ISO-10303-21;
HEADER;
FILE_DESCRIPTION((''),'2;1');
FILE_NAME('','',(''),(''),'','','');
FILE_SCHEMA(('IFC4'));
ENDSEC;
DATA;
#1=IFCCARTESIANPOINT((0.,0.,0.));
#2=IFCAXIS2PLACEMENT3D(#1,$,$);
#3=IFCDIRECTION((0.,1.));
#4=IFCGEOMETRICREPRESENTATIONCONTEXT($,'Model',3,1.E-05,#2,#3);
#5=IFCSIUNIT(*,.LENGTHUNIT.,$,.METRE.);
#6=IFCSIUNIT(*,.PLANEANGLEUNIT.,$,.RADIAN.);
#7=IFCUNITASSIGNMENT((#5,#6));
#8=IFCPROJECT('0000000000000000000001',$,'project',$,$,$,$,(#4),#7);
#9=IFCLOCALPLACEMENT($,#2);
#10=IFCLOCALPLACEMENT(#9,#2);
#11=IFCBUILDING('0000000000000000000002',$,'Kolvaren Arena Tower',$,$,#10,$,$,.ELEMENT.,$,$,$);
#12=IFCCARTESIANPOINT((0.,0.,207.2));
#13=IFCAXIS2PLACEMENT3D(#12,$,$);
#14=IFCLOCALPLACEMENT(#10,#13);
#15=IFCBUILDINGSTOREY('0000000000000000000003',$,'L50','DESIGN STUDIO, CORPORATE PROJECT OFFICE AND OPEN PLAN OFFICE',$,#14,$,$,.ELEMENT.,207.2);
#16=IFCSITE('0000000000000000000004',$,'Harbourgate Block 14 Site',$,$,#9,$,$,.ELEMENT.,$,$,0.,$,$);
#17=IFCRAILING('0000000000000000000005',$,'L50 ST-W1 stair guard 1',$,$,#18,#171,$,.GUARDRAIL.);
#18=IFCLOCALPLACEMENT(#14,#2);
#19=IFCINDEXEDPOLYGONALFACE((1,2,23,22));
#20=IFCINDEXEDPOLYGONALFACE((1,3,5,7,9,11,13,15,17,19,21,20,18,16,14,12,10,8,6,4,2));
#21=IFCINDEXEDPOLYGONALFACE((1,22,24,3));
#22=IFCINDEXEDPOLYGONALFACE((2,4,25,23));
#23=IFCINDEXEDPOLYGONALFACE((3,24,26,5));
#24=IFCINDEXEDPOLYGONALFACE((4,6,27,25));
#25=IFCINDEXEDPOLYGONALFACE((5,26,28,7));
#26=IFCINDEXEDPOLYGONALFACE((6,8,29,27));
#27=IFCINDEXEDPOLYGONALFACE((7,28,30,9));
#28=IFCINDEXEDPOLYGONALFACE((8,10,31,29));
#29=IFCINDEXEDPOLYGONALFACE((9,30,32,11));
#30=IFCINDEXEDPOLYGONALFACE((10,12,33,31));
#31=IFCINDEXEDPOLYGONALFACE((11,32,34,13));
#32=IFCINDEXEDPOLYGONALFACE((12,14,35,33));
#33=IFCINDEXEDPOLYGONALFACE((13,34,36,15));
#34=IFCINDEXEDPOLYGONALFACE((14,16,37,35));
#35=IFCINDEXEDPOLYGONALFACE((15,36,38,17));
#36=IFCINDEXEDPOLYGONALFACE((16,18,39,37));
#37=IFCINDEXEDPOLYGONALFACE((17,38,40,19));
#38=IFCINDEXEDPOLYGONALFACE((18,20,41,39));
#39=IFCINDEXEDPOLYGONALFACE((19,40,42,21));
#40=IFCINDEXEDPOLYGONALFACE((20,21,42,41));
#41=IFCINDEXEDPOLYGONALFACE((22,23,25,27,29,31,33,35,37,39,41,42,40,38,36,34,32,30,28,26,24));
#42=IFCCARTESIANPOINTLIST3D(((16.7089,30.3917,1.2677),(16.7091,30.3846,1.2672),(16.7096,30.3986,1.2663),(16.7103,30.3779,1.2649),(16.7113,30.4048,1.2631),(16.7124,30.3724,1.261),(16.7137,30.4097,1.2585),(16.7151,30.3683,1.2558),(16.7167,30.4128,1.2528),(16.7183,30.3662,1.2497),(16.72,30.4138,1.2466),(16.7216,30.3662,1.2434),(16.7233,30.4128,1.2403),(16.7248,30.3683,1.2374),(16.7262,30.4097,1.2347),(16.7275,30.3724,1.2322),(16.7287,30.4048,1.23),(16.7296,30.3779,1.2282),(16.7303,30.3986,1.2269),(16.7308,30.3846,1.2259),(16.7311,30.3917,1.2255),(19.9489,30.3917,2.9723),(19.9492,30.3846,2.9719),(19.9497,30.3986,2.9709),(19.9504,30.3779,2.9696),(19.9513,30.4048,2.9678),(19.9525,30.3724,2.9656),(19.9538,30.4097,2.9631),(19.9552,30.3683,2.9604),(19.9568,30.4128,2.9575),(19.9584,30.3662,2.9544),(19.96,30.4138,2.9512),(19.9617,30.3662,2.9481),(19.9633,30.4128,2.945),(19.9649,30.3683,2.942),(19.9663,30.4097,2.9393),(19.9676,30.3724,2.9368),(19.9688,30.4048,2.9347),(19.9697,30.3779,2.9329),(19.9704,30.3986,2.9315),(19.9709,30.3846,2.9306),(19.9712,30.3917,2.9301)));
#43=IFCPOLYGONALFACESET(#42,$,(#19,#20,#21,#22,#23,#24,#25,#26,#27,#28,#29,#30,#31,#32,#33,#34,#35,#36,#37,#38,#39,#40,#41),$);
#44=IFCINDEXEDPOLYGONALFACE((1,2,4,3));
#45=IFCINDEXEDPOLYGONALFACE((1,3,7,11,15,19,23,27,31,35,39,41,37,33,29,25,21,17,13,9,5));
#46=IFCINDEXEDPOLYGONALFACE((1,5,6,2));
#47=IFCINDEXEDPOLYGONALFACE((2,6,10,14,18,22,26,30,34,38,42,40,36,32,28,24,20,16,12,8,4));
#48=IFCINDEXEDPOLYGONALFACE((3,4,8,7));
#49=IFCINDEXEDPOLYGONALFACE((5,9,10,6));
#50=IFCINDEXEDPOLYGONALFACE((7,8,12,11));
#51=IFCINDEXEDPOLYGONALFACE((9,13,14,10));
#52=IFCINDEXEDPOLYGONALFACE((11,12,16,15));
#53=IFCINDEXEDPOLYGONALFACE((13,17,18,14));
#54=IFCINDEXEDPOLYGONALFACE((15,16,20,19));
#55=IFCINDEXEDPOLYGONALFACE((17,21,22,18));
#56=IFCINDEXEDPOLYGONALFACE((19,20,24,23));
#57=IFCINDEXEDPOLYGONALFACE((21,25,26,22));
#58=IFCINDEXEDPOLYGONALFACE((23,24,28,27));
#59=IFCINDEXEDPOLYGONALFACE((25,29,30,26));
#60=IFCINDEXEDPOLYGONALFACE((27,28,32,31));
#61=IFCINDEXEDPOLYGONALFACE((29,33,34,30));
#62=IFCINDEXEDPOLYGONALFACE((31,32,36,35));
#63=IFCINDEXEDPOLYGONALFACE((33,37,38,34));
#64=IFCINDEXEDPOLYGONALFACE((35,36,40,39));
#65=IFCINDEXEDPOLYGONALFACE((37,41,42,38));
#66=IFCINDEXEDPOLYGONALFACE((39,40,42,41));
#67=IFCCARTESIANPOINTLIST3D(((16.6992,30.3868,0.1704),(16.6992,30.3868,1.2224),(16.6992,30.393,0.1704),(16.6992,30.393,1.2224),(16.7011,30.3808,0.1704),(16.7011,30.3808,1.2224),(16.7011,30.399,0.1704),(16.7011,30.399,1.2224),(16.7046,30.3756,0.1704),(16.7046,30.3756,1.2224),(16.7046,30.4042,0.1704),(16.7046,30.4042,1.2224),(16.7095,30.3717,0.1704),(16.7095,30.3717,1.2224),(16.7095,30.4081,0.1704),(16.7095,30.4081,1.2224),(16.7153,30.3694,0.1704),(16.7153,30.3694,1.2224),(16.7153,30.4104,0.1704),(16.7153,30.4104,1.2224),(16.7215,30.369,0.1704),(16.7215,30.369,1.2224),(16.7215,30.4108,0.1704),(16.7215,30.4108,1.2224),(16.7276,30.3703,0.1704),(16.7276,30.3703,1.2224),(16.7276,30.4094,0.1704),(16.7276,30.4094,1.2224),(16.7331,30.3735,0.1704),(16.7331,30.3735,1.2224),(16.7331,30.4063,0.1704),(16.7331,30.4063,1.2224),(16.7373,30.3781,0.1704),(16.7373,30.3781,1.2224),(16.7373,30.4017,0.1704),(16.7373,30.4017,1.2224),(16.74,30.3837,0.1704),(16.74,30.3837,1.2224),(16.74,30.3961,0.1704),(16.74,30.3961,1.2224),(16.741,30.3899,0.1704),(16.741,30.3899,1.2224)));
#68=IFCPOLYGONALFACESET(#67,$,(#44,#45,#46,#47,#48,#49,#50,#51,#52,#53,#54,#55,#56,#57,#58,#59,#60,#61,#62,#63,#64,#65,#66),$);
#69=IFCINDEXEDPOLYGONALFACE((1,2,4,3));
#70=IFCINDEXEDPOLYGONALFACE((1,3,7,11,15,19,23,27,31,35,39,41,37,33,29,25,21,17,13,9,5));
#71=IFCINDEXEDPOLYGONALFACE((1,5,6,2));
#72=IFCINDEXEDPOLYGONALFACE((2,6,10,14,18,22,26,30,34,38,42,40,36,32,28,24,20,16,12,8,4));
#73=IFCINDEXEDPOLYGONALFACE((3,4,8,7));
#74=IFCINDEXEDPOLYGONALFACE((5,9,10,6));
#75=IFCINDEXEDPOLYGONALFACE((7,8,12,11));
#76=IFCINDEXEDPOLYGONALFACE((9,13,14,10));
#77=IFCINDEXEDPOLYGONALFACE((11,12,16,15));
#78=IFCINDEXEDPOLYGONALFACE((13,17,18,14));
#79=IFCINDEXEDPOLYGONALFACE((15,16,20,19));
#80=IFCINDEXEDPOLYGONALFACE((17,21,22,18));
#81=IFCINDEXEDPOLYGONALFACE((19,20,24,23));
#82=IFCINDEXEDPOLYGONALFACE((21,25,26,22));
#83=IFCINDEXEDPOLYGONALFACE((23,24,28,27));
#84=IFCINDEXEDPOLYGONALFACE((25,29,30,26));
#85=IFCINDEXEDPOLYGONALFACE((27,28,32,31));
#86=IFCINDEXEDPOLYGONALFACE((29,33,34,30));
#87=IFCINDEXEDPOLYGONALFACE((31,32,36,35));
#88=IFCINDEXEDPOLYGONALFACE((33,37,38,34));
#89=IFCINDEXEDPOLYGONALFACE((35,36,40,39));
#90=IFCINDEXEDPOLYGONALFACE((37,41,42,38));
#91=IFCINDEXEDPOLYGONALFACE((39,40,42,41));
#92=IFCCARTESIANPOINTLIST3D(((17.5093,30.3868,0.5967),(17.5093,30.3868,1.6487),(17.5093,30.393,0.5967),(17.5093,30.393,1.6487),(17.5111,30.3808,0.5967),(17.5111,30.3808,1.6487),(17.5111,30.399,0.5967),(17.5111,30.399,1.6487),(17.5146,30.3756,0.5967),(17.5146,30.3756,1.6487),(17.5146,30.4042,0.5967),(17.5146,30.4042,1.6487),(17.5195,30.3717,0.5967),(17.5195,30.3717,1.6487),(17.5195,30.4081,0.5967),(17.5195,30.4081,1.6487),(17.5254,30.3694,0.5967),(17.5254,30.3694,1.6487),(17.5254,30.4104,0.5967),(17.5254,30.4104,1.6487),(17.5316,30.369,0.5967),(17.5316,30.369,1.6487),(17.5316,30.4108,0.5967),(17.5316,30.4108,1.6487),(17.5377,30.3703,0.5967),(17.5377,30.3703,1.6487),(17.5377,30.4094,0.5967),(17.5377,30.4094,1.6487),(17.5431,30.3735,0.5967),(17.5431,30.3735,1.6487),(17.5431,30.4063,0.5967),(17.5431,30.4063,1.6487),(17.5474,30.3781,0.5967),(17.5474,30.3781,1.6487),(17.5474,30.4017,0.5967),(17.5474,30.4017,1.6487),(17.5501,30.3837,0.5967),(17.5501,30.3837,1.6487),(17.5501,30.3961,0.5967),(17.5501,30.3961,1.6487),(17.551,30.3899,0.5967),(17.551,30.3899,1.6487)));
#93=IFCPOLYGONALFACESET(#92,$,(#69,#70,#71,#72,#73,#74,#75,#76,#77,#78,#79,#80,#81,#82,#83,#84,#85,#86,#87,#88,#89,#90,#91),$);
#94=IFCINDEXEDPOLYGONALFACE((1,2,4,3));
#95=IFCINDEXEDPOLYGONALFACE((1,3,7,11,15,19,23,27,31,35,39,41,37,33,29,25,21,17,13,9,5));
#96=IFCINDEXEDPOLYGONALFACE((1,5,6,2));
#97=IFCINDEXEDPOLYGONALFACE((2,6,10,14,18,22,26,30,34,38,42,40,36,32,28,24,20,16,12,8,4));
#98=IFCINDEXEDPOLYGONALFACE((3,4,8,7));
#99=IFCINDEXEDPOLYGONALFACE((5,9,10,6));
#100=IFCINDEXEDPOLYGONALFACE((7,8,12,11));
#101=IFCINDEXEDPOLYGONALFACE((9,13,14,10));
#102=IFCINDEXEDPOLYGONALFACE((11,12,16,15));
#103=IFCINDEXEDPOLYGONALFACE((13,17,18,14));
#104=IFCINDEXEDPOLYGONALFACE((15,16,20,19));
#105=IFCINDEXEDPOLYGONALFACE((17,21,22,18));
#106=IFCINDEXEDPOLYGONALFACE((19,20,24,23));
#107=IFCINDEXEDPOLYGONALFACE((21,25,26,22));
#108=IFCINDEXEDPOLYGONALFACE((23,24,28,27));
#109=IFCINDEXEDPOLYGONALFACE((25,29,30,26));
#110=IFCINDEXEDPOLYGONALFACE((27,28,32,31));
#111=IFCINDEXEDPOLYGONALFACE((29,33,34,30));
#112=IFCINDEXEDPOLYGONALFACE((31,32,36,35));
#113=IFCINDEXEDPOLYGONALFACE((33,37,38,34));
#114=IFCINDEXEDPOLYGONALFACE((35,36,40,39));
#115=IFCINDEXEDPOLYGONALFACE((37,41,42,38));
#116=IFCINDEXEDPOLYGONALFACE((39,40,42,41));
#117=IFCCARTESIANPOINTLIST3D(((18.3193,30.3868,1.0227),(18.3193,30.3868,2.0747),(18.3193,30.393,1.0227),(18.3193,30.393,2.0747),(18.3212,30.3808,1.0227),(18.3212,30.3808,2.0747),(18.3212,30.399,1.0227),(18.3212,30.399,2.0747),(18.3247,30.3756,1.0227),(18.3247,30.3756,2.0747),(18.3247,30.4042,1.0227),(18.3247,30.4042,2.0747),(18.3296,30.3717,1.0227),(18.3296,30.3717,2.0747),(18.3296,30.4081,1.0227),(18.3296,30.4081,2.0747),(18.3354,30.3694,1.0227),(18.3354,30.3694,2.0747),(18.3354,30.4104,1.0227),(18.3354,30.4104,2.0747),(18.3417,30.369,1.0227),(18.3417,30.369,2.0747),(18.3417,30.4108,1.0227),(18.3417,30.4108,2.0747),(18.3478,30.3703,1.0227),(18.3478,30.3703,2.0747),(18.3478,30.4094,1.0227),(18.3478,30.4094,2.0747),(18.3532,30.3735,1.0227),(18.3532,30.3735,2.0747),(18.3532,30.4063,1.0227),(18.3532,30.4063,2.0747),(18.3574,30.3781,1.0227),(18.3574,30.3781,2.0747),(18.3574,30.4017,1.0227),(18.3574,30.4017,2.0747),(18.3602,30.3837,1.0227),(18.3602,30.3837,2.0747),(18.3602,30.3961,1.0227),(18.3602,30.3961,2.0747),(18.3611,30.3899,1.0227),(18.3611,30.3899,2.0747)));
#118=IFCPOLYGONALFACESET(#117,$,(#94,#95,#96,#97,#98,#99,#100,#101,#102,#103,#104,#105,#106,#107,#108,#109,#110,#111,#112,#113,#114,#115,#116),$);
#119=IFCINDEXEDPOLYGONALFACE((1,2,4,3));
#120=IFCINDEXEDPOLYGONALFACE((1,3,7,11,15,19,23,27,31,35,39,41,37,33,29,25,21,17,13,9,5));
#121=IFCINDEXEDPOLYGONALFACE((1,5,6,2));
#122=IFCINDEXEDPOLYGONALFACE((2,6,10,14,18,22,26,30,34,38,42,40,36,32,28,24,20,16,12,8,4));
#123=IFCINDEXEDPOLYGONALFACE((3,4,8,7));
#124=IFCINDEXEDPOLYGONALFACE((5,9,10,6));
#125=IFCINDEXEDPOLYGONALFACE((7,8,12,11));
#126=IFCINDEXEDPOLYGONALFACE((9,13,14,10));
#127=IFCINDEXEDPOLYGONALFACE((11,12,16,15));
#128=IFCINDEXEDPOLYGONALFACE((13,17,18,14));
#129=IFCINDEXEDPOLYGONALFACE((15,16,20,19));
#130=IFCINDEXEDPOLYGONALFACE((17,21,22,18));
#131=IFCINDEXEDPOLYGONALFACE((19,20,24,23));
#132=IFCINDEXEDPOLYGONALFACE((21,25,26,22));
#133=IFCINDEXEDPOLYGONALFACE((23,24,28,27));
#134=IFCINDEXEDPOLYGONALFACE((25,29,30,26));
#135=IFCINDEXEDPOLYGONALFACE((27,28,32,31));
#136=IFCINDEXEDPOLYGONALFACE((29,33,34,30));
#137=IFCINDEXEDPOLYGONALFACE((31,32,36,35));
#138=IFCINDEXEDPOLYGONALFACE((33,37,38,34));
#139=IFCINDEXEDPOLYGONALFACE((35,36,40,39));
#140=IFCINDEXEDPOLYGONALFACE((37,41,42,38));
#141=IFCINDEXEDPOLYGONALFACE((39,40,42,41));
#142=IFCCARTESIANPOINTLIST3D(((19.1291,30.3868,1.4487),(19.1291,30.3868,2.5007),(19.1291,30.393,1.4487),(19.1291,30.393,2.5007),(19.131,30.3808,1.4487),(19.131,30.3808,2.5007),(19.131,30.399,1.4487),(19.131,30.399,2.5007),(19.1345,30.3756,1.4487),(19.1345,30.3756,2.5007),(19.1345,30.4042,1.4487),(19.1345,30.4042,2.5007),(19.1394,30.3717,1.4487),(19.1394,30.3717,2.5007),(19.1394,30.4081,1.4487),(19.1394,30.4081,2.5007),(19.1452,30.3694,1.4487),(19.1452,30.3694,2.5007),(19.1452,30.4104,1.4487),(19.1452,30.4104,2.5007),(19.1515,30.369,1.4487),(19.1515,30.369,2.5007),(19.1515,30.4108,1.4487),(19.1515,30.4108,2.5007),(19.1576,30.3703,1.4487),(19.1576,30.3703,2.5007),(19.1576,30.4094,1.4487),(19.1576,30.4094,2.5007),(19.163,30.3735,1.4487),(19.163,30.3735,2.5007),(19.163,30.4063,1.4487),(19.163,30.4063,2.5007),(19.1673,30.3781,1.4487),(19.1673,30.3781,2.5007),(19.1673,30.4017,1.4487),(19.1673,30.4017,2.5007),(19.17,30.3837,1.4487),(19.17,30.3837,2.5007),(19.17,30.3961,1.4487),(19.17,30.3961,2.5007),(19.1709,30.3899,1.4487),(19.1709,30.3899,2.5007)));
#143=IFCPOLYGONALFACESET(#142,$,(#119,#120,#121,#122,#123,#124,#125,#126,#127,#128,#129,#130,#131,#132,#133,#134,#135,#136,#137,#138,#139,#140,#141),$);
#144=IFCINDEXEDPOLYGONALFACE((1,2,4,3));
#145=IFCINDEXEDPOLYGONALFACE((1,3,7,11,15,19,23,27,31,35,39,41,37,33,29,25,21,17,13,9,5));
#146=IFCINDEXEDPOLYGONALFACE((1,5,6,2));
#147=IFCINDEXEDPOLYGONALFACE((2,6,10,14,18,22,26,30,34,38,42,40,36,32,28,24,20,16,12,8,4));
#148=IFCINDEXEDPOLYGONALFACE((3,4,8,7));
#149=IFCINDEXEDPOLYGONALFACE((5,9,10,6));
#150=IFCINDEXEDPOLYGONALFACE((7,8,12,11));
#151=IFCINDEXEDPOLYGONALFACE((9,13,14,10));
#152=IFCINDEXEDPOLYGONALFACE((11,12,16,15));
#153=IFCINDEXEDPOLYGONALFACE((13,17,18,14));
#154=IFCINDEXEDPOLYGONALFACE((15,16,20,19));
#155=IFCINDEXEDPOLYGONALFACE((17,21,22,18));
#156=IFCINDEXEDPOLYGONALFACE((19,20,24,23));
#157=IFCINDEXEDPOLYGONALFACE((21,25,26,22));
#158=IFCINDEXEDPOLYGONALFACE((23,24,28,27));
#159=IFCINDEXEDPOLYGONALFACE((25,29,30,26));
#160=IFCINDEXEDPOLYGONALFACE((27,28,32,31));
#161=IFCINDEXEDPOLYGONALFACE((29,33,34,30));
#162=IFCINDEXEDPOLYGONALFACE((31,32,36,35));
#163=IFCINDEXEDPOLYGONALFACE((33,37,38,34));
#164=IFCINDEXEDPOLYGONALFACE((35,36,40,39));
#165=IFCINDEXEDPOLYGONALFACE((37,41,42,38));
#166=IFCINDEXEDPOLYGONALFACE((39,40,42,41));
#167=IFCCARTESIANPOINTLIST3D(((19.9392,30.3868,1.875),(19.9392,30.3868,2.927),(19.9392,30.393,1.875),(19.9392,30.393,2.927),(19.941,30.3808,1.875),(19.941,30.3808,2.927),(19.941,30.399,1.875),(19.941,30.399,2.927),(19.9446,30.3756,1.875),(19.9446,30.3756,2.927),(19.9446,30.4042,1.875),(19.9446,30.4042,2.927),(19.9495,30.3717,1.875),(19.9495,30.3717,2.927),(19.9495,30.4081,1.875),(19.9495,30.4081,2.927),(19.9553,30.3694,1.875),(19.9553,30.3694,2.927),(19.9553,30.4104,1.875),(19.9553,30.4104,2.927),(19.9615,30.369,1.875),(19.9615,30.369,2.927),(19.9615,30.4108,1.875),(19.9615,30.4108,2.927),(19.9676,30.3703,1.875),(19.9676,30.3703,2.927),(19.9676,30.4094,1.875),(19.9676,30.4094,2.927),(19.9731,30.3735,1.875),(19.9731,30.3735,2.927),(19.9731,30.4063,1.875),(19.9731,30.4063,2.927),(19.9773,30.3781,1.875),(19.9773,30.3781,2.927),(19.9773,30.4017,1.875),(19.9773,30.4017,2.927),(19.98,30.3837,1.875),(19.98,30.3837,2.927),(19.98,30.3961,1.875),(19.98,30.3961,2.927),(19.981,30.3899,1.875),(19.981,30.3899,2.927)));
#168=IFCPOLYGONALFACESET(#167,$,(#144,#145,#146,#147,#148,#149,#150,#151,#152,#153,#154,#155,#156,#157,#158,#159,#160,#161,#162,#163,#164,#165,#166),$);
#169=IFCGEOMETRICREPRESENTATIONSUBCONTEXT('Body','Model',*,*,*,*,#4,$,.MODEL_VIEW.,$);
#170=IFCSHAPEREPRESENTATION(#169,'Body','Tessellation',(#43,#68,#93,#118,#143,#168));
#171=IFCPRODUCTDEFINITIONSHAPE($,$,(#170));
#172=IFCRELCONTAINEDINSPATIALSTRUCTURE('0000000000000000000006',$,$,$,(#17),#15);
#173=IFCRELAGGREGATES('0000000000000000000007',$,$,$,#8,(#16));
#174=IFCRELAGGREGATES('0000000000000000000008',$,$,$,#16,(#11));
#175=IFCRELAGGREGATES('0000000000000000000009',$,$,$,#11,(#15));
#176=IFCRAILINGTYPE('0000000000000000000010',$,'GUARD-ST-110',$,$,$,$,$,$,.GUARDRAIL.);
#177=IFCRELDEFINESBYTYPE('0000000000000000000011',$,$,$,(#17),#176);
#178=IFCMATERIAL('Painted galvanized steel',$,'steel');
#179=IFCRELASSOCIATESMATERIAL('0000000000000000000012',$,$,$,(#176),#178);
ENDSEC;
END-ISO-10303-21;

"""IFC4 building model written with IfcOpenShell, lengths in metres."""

from ifc_helpers import new_model, si_unit, direction, frame, origin, origin_2d, place, context, subcontext, project, spatial, circle, extrude, material, type_object, element, save


model = new_model("IFC4")

# Units and contexts
model_context = context("Model", 3, precision=1e-05, world=origin(), true_north=direction((0.0, 1.0)))
body_context = subcontext(model_context, "Body", "Model", "MODEL_VIEW")
ifc_project = project(units=[si_unit("LENGTHUNIT", "METRE"), si_unit("PLANEANGLEUNIT", "RADIAN")], contexts=[model_context])

# Site, building, storey
site_placement = place(None, origin())
site = spatial("IfcSite", under=ifc_project, at=site_placement, Name="Harbourgate Block 14 Site", CompositionType="ELEMENT", RefElevation=0.0)
building_placement = place(site_placement, origin())
building = spatial("IfcBuilding", under=site, at=building_placement, Name="Kolvaren Arena Tower", CompositionType="ELEMENT")
storey_placement = place(building_placement, frame((0.0, 0.0, 207.2)))
storey = spatial("IfcBuildingStorey", under=building, at=storey_placement, Name="L50", Description="DESIGN STUDIO, CORPORATE PROJECT OFFICE AND OPEN PLAN OFFICE", CompositionType="ELEMENT", Elevation=207.2)

# Railing
ifc_material_1 = material(Name="Painted galvanized steel", Category="steel")
railing_type_1 = type_object("IfcRailingType", Name="GUARD-ST-110", PredefinedType="GUARDRAIL", material=ifc_material_1)
railing_1_placement = place(storey_placement, frame((16.72, 30.3899, 0.1704)))
element("IfcRailing", 1, at=railing_1_placement, inside=storey, type_object=railing_type_1, Name="L50 ST-W1 stair guard 1", PredefinedType="GUARDRAIL", context=body_context, shape_type="SweptSolid", body=[
    extrude(circle(Radius=0.0239, at=origin_2d()), frame((0.0, 0.0, 1.0762), z_axis=(0.884993, 0.0, 0.465604), x_axis=(0.0, 1.0, 0.0)), (0.0, 0.0, 1.0), 3.6611),
    extrude(circle(Radius=0.021, at=origin_2d()), origin(), (0.0, 0.0, 1.0), 1.052),
    extrude(circle(Radius=0.021, at=origin_2d()), frame((0.8101, 0.0, 0.4263)), (0.0, 0.0, 1.0), 1.052),
    extrude(circle(Radius=0.021, at=origin_2d()), frame((1.6201, 0.0, 0.8523)), (0.0, 0.0, 1.0), 1.052),
    extrude(circle(Radius=0.021, at=origin_2d()), frame((2.4299, 0.0, 1.2783)), (0.0, 0.0, 1.0), 1.052),
    extrude(circle(Radius=0.021, at=origin_2d()), frame((3.24, 0.0, 1.7046)), (0.0, 0.0, 1.0), 1.052),
])

save(model, "model.ifc")
